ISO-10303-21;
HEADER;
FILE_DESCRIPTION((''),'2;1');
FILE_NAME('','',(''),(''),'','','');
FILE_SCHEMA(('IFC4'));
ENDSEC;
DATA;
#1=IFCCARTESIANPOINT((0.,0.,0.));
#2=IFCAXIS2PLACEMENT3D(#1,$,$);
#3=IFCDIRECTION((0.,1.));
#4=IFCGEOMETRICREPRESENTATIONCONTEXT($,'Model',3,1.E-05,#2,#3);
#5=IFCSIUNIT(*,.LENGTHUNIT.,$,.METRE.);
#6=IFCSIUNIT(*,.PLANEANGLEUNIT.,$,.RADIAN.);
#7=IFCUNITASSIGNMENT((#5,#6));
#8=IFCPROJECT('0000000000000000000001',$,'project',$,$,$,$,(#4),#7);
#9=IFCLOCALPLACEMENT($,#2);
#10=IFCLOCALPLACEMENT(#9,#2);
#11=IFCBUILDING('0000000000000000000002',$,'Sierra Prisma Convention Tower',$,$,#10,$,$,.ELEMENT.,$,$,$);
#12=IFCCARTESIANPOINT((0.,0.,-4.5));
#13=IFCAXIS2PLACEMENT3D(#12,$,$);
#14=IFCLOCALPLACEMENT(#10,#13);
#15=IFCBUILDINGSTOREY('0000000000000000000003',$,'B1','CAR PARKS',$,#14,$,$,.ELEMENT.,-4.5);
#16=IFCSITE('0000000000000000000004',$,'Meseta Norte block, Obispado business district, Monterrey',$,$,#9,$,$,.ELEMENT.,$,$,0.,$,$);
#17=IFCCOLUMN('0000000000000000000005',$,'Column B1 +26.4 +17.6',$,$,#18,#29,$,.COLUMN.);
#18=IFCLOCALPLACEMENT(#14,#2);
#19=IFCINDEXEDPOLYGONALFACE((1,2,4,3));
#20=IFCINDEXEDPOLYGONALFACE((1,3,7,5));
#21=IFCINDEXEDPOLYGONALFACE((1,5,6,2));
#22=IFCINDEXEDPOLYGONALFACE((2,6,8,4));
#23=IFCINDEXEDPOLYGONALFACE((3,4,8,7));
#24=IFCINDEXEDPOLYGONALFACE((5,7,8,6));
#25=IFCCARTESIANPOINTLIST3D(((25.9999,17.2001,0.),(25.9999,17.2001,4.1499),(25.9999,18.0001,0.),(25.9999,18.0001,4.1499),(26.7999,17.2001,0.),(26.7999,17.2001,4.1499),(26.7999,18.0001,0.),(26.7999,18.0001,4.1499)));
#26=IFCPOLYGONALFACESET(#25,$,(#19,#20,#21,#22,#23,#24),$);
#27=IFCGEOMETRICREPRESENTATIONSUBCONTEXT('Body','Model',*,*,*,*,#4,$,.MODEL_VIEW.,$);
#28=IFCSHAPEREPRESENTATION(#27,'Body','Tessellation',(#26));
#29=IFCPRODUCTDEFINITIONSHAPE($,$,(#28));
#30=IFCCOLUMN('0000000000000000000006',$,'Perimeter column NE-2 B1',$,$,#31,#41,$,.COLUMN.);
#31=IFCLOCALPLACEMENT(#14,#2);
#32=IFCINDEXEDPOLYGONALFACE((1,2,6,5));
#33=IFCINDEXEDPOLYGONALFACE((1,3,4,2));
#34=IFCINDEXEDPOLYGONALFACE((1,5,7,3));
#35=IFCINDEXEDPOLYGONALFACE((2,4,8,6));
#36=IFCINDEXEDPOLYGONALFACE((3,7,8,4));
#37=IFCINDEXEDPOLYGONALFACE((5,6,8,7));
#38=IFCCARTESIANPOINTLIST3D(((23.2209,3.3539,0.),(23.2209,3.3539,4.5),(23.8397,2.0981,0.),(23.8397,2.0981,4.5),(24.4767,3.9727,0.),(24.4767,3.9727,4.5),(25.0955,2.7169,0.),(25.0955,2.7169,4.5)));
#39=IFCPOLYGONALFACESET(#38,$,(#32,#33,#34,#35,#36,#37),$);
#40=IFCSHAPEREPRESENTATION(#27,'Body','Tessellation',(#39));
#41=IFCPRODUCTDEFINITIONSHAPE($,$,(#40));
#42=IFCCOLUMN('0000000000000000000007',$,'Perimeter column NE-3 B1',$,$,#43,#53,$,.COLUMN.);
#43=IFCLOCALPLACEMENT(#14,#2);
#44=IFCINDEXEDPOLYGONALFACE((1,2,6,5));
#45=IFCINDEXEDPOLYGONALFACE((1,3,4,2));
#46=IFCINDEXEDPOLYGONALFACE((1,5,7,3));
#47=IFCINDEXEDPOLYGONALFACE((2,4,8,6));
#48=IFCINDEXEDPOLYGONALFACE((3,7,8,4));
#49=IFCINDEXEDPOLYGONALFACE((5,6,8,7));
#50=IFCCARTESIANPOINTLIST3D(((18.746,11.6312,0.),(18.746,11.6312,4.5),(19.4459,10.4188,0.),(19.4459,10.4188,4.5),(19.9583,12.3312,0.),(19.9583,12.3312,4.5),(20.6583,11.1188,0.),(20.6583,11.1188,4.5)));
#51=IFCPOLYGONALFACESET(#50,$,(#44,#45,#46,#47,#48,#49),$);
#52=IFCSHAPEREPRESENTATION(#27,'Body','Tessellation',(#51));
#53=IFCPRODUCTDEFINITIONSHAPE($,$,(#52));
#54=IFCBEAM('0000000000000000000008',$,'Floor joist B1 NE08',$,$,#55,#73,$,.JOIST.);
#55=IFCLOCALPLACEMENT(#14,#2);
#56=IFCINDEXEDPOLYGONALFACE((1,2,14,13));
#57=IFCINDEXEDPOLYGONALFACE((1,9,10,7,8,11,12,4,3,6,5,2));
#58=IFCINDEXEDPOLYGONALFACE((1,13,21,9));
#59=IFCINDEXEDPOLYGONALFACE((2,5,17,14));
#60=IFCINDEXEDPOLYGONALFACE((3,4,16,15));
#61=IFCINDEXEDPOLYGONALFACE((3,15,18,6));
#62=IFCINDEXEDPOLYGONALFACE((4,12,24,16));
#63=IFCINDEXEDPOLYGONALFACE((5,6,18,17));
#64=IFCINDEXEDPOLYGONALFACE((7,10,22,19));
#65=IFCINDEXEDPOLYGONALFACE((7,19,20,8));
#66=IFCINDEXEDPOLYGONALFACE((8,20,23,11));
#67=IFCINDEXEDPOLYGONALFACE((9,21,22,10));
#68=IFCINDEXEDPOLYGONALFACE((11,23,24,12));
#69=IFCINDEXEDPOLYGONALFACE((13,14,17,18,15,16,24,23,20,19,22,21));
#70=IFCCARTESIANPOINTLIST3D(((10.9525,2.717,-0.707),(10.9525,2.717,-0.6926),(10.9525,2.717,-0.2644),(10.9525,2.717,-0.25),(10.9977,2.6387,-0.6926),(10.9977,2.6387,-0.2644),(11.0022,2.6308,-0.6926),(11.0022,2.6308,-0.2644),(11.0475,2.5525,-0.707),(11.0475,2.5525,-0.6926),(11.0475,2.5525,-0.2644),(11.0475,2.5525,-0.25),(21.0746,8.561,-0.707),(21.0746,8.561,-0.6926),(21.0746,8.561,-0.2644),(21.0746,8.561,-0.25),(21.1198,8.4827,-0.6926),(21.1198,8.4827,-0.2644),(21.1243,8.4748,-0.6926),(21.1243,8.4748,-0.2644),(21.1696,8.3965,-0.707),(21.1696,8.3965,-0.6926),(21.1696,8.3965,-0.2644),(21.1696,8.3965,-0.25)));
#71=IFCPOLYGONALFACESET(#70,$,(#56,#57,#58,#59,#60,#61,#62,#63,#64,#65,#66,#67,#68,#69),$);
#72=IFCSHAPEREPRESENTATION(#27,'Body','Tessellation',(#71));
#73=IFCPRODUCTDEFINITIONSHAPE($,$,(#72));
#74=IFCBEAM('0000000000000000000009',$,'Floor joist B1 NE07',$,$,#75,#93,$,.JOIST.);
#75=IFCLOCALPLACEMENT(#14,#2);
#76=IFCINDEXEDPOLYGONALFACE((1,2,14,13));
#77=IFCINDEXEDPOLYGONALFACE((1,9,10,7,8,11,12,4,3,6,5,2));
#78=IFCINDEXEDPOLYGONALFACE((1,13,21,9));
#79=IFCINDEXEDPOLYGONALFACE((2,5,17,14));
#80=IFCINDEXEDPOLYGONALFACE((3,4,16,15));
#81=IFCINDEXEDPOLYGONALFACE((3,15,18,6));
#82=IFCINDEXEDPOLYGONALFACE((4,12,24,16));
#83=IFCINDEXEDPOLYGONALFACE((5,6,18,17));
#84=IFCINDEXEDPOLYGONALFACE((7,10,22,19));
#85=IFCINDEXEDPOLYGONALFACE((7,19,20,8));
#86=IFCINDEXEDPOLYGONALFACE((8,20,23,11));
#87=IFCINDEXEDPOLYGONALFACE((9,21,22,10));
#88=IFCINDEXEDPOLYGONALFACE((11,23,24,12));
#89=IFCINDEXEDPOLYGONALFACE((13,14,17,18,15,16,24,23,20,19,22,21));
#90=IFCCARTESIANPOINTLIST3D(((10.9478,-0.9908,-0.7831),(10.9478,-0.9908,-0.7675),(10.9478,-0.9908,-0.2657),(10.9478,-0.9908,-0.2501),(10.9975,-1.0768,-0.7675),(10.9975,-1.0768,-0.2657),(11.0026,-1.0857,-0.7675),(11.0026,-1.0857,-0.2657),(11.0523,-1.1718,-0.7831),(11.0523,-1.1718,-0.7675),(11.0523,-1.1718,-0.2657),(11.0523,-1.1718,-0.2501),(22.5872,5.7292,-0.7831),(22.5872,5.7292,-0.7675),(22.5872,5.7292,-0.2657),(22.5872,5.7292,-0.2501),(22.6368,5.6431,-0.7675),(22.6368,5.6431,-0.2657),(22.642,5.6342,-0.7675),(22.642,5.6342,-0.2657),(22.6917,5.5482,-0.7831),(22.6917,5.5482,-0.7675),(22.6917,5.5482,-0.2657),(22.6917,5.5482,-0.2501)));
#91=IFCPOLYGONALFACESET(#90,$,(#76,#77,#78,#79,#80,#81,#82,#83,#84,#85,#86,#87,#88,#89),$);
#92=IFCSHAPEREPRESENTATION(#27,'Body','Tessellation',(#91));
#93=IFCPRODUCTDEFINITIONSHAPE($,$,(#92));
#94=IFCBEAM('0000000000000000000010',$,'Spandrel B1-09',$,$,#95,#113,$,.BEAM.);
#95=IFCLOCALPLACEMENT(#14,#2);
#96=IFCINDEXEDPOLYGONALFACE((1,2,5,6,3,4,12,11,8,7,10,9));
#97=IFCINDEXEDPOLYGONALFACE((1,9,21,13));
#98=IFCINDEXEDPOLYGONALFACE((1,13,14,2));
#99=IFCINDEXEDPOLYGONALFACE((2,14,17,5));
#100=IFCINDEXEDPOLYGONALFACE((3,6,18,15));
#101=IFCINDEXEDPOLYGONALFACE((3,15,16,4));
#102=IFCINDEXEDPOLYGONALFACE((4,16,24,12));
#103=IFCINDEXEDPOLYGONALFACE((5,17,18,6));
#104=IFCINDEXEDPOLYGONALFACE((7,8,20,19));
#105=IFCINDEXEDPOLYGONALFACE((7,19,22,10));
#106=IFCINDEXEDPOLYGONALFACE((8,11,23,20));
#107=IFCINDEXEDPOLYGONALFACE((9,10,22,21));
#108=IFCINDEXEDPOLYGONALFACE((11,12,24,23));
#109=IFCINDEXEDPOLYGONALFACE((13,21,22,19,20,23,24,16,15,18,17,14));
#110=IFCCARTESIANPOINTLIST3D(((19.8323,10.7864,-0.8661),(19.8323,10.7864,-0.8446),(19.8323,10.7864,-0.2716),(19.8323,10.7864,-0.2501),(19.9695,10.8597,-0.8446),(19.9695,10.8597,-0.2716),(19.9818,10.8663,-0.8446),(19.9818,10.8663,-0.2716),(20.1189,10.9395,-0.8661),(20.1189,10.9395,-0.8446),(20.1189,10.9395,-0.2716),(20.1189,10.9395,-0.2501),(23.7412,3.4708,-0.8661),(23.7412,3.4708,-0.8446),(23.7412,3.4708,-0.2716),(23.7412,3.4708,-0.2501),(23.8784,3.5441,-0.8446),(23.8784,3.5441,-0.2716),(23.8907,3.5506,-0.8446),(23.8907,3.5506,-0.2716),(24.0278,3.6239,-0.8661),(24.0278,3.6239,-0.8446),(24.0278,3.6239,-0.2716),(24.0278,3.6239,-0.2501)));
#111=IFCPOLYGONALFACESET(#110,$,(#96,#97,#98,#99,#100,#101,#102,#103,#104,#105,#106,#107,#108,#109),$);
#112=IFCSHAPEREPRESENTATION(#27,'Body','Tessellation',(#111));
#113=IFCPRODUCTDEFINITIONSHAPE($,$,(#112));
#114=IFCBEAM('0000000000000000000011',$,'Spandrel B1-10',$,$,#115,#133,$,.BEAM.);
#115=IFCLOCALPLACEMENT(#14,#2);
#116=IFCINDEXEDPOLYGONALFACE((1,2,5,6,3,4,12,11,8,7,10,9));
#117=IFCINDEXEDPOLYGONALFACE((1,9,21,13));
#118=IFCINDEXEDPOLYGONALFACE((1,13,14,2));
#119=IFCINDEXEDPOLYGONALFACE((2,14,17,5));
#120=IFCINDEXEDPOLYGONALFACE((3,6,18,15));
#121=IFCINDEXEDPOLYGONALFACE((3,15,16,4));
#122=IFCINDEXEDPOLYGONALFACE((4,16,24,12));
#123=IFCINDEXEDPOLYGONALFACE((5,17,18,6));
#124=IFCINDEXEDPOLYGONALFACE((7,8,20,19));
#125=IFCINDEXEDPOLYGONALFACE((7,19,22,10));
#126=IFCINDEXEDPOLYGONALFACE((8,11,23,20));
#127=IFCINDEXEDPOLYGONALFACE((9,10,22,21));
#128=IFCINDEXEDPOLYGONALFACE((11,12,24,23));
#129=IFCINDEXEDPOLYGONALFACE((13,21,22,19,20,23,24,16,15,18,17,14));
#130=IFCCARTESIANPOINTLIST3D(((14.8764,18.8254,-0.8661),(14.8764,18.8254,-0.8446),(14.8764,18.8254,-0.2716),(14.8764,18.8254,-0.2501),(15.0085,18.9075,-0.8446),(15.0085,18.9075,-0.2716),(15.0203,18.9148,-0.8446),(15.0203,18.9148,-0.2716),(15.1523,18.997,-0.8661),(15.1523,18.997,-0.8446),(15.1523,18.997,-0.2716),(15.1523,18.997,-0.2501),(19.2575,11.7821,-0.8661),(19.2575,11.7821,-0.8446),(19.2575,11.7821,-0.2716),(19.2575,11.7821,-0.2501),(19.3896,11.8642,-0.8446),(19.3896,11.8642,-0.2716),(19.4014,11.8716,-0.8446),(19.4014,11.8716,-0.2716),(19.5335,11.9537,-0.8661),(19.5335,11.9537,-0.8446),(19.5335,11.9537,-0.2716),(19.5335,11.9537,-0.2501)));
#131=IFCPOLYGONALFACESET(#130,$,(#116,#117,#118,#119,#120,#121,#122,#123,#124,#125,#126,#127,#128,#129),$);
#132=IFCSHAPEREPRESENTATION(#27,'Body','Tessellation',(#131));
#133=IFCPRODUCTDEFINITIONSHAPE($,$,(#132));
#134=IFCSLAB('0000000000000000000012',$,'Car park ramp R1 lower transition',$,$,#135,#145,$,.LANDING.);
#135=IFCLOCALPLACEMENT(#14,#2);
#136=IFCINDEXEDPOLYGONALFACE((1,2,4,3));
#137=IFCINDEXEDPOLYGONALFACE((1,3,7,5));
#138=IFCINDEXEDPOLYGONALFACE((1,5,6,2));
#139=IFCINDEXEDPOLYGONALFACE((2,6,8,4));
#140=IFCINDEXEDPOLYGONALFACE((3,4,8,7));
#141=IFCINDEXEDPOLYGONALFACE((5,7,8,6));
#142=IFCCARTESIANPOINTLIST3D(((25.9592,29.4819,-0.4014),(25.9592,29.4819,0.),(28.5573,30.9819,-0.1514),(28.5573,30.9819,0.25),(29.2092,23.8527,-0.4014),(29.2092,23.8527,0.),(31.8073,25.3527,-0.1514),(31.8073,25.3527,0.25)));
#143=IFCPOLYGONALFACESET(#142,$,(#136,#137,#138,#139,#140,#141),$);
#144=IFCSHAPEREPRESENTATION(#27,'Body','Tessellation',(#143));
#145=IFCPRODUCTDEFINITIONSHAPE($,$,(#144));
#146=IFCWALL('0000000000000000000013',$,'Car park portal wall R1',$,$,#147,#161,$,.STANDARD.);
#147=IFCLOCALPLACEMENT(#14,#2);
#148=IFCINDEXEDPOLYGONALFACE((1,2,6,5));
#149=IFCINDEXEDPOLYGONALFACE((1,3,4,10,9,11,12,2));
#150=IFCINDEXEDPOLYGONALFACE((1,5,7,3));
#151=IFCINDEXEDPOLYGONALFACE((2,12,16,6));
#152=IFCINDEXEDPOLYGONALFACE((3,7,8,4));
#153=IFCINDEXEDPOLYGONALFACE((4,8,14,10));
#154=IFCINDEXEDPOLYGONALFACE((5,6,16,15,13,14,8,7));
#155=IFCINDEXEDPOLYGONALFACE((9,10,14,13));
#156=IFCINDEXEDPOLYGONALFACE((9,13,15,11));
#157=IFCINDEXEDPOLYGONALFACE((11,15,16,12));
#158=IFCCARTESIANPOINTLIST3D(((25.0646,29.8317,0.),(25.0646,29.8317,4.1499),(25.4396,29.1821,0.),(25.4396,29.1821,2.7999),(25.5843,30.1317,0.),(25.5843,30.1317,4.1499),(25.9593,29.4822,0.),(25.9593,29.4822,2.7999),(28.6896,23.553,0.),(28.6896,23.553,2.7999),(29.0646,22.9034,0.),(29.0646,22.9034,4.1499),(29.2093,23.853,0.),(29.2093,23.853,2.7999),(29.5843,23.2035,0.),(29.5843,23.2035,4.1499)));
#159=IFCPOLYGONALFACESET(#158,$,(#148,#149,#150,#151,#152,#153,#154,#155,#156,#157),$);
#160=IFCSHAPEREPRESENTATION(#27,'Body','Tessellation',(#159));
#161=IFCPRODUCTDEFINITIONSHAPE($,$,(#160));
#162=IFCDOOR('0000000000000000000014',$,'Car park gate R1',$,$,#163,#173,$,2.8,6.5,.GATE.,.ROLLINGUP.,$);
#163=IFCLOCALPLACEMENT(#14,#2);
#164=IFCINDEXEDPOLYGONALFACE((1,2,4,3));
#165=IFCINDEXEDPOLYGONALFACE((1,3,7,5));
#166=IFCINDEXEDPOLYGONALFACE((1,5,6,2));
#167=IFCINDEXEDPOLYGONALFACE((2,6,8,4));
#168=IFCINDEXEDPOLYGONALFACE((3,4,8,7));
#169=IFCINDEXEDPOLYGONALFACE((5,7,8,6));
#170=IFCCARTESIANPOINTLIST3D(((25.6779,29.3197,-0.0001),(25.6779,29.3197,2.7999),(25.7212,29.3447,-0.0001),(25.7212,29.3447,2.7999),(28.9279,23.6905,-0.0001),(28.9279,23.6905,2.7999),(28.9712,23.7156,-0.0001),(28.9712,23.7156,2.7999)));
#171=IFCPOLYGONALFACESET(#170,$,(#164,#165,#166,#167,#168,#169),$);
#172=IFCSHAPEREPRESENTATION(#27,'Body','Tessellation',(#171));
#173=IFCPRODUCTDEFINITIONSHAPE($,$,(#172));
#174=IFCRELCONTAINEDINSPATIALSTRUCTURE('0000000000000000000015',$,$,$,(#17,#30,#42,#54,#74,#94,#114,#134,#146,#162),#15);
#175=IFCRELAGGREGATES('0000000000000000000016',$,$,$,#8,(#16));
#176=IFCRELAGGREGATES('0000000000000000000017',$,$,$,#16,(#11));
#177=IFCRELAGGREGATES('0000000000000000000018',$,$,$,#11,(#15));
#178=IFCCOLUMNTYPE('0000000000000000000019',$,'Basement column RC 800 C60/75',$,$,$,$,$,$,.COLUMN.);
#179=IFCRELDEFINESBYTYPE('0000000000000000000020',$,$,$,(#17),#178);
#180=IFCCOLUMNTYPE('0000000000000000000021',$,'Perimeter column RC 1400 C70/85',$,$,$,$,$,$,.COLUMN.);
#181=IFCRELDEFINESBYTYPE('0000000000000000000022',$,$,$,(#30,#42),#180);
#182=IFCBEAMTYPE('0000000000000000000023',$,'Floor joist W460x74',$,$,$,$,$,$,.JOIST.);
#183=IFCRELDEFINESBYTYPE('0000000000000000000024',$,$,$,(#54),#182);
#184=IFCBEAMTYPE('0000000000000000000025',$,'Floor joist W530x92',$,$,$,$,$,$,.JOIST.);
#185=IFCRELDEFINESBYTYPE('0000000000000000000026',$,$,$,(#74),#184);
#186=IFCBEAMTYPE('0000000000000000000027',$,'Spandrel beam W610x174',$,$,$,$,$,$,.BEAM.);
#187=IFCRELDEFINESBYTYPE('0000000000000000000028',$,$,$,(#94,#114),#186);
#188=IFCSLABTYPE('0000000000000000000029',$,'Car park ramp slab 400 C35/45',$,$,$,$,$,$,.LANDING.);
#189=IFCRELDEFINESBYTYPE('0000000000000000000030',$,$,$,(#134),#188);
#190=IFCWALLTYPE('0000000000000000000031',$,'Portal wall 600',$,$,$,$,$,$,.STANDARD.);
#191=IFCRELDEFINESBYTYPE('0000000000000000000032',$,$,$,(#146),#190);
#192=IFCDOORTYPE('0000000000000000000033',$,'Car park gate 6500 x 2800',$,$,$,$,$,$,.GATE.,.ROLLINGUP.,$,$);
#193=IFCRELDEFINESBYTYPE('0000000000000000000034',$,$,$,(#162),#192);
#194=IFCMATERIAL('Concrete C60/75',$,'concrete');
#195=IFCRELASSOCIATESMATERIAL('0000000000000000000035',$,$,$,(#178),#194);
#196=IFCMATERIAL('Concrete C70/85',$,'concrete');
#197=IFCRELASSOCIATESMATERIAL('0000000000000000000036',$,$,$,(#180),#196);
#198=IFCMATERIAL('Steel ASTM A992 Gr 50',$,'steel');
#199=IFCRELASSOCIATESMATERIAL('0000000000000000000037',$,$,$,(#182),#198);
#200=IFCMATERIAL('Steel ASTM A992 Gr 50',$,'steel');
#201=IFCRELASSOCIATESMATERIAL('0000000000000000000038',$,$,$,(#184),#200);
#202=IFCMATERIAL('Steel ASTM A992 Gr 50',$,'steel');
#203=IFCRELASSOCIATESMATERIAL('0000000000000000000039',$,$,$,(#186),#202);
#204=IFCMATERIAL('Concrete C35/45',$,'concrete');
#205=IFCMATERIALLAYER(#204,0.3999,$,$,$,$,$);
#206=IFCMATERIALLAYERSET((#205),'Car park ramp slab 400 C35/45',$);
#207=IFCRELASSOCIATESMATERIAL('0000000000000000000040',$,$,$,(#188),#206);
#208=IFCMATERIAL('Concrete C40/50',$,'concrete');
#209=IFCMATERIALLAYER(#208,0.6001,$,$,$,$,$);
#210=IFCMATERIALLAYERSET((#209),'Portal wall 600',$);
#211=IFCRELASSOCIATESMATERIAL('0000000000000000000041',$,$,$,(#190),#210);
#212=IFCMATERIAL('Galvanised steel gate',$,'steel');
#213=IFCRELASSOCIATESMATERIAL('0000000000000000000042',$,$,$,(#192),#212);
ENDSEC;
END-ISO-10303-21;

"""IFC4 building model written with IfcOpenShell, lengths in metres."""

from ifc_helpers import new_model, si_unit, direction, frame, frame_2d, origin, origin_2d, place, context, subcontext, project, spatial, polyline, rectangle, i_section, outline, extrude, material, layer, layer_set, material_profile, profile_set, type_object, element, fill, save


model = new_model("IFC4")

# Units and contexts
model_context = context("Model", 3, precision=1e-05, world=origin(), true_north=direction((0.0, 1.0)))
body_context = subcontext(model_context, "Body", "Model", "MODEL_VIEW")
ifc_project = project(units=[si_unit("LENGTHUNIT", "METRE"), si_unit("PLANEANGLEUNIT", "RADIAN")], contexts=[model_context])

# Site, building, storey
site_placement = place(None, origin())
site = spatial("IfcSite", under=ifc_project, at=site_placement, Name="Meseta Norte block, Obispado business district, Monterrey", CompositionType="ELEMENT", RefElevation=0.0)
building_placement = place(site_placement, origin())
building = spatial("IfcBuilding", under=site, at=building_placement, Name="Sierra Prisma Convention Tower", CompositionType="ELEMENT")
storey_placement = place(building_placement, frame((0.0, 0.0, -4.5)))
storey = spatial("IfcBuildingStorey", under=building, at=storey_placement, Name="B1", Description="CAR PARKS", CompositionType="ELEMENT", Elevation=-4.5)

# Columns
ifc_material_1 = material(Name="Concrete C60/75", Category="concrete")
ifc_material_profile_1 = material_profile(ifc_material_1, rectangle(XDim=0.8, YDim=0.8, at=origin_2d()), Name="Basement column RC 800 C60/75")
ifc_profile_set_1 = profile_set([ifc_material_profile_1], Name="Concrete C60/75")
column_type_1 = type_object("IfcColumnType", Name="Basement column RC 800 C60/75", PredefinedType="COLUMN", material=ifc_profile_set_1)
column_placement = place(storey_placement, frame((26.3999, 17.6001, 0.0), z_axis=(0.0, 0.0, 1.0), x_axis=(1.0, 0.0, 0.0)))
element("IfcColumn", 1, at=column_placement, inside=storey, type_object=column_type_1, Name="Column B1 +26.4 +17.6", PredefinedType="COLUMN", context=body_context, shape_type="SweptSolid", body=[
    extrude(rectangle(XDim=0.8, YDim=0.8, at=origin_2d()), origin(), (0.0, 0.0, 1.0), 4.1499),
])
ifc_material_2 = material(Name="Concrete C70/85", Category="concrete")
ifc_material_profile_2 = material_profile(ifc_material_2, rectangle(XDim=1.3999, YDim=1.3999, at=origin_2d()), Name="Perimeter column RC 1400 C70/85")
ifc_profile_set_2 = profile_set([ifc_material_profile_2], Name="Concrete C70/85")
column_type_2 = type_object("IfcColumnType", Name="Perimeter column RC 1400 C70/85", PredefinedType="COLUMN", material=ifc_profile_set_2)
for number, where, z_axis, x_axis, name in (
    (2, (24.1582, 3.0354, 0.0), (0.0, 0.0, 1.0), (-0.442023, 0.897004, 0.0), "Perimeter column NE-2 B1"),
    (3, (19.7021, 11.375, 0.0), (0.0, 0.0, 1.0), (-0.5, 0.866025, 0.0), "Perimeter column NE-3 B1"),
):
    element("IfcColumn", number, at=place(storey_placement, frame(where, z_axis=z_axis, x_axis=x_axis)), inside=storey, type_object=column_type_2, Name=name, PredefinedType="COLUMN", context=body_context, shape_type="SweptSolid", body=[
        extrude(rectangle(XDim=1.3999, YDim=1.3999, at=origin_2d()), origin(), (0.0, 0.0, 1.0), 4.5),
    ])

# Beams
ifc_material_3 = material(Name="Steel ASTM A992 Gr 50", Category="steel")
ifc_material_profile_3 = material_profile(ifc_material_3, i_section(OverallWidth=0.1899, OverallDepth=0.457, WebThickness=0.009, FlangeThickness=0.0144, at=origin_2d()), Name="W460x74")
ifc_profile_set_3 = profile_set([ifc_material_profile_3], Name="Steel ASTM A992 Gr 50")
beam_type_1 = type_object("IfcBeamType", Name="Floor joist W460x74", PredefinedType="JOIST", material=ifc_profile_set_3)
beam_1_placement = place(storey_placement, frame((21.1221, 8.4788, -0.4785), z_axis=(-0.866025, -0.500001, 0.0), x_axis=(0.500001, -0.866025, 0.0)))
element("IfcBeam", 4, at=beam_1_placement, inside=storey, type_object=beam_type_1, Name="Floor joist B1 NE08", PredefinedType="JOIST", context=body_context, shape_type="SweptSolid", body=[
    extrude(i_section(OverallWidth=0.1899, OverallDepth=0.457, WebThickness=0.009, FlangeThickness=0.0144, at=origin_2d()), origin(), (0.0, 0.0, 1.0), 11.688),
])
ifc_material_4 = material(Name="Steel ASTM A992 Gr 50", Category="steel")
ifc_material_profile_4 = material_profile(ifc_material_4, i_section(OverallWidth=0.209, OverallDepth=0.533, WebThickness=0.0103, FlangeThickness=0.0156, at=origin_2d()), Name="W530x92")
ifc_profile_set_4 = profile_set([ifc_material_profile_4], Name="Steel ASTM A992 Gr 50")
beam_type_2 = type_object("IfcBeamType", Name="Floor joist W530x92", PredefinedType="JOIST", material=ifc_profile_set_4)
beam_2_placement = place(storey_placement, frame((22.6394, 5.6387, -0.5166), z_axis=(-0.866027, -0.499998, 0.0), x_axis=(0.499998, -0.866027, 0.0)))
element("IfcBeam", 5, at=beam_2_placement, inside=storey, type_object=beam_type_2, Name="Floor joist B1 NE07", PredefinedType="JOIST", context=body_context, shape_type="SweptSolid", body=[
    extrude(i_section(OverallWidth=0.209, OverallDepth=0.533, WebThickness=0.0103, FlangeThickness=0.0156, at=origin_2d()), origin(), (0.0, 0.0, 1.0), 13.4399),
])
ifc_material_5 = material(Name="Steel ASTM A992 Gr 50", Category="steel")
ifc_material_profile_5 = material_profile(ifc_material_5, i_section(OverallWidth=0.325, OverallDepth=0.616, WebThickness=0.0139, FlangeThickness=0.0215, at=origin_2d()), Name="W610x174")
ifc_profile_set_5 = profile_set([ifc_material_profile_5], Name="Steel ASTM A992 Gr 50")
beam_type_3 = type_object("IfcBeamType", Name="Spandrel beam W610x174", PredefinedType="BEAM", material=ifc_profile_set_5)
beam_3_placement = place(storey_placement, frame((23.8845, 3.5474, -0.5581), z_axis=(-0.471268, 0.88199, 0.0), x_axis=(-0.88199, -0.471268, 0.0)))
element("IfcBeam", 6, at=beam_3_placement, inside=storey, type_object=beam_type_3, Name="Spandrel B1-09", PredefinedType="BEAM", context=body_context, shape_type="SweptSolid", body=[
    extrude(i_section(OverallWidth=0.325, OverallDepth=0.616, WebThickness=0.0139, FlangeThickness=0.0215, at=origin_2d()), origin(), (0.0, 0.0, 1.0), 8.2944),
])
beam_4_placement = place(storey_placement, frame((19.3955, 11.8679, -0.5581), z_axis=(-0.528185, 0.849129, 0.0), x_axis=(-0.849129, -0.528185, 0.0)))
element("IfcBeam", 7, at=beam_4_placement, inside=storey, type_object=beam_type_3, Name="Spandrel B1-10", PredefinedType="BEAM", context=body_context, shape_type="SweptSolid", body=[
    extrude(i_section(OverallWidth=0.325, OverallDepth=0.616, WebThickness=0.0139, FlangeThickness=0.0215, at=origin_2d()), origin(), (0.0, 0.0, 1.0), 8.2947),
])

# Slab
ifc_material_6 = material(Name="Concrete C35/45", Category="concrete")
ifc_layer_1 = layer(ifc_material_6, 0.3999)
ifc_layer_set_1 = layer_set([ifc_layer_1], Name="Car park ramp slab 400 C35/45")
slab_type = type_object("IfcSlabType", Name="Car park ramp slab 400 C35/45", PredefinedType="LANDING", material=ifc_layer_set_1)
slab_placement = place(storey_placement, frame((25.9592, 29.4819, 0.0), z_axis=(0.0, 0.0, 1.0), x_axis=(0.866031, 0.49999, 0.0)))
element("IfcSlab", 8, at=slab_placement, inside=storey, type_object=slab_type, Name="Car park ramp R1 lower transition", PredefinedType="LANDING", context=body_context, shape_type="SweptSolid", body=[
    extrude(outline(polyline([(0.0, -0.4014), (3.0, -0.1514), (3.0, 0.25), (0.0, 0.0), (0.0, -0.4014)])), frame((0.0, 0.0, 0.0), z_axis=(0.0, -1.0, 0.0), x_axis=(1.0, 0.0, 0.0)), (0.0, 0.0, 1.0), 6.5),
])

# Wall, opening, door
ifc_material_7 = material(Name="Concrete C40/50", Category="concrete")
ifc_layer_2 = layer(ifc_material_7, 0.6001)
ifc_layer_set_2 = layer_set([ifc_layer_2], Name="Portal wall 600")
wall_type_1 = type_object("IfcWallType", Name="Portal wall 600", PredefinedType="STANDARD", material=ifc_layer_set_2)
wall_1_placement = place(storey_placement, frame((29.3245, 23.0535, 0.0), z_axis=(0.0, 0.0, 1.0), x_axis=(-0.499999, 0.866026, 0.0)))
wall_1 = element("IfcWall", 9, at=wall_1_placement, inside=storey, type_object=wall_type_1, Name="Car park portal wall R1", PredefinedType="STANDARD", context=body_context, shape_type="SweptSolid", body=[
    extrude(rectangle(XDim=8.0, YDim=0.6001, at=frame_2d((4.0, 0.0))), origin(), (0.0, 0.0, 1.0), 4.1499),
])
opening_placement = place(wall_1_placement, frame((0.75, 0.0, 0.0)))
opening = element("IfcOpeningElement", 10, at=opening_placement, cuts=wall_1, PredefinedType="OPENING", context=body_context, shape_type="SweptSolid", body=[
    extrude(rectangle(XDim=6.5, YDim=2.8, at=frame_2d((3.25, 1.3999))), frame((0.0, 0.3, 0.0), z_axis=(0.0, -1.0, 0.0), x_axis=(1.0, 0.0, 0.0)), (0.0, 0.0, 1.0), 0.6001),
])
ifc_material_8 = material(Name="Galvanised steel gate", Category="steel")
door_type = type_object("IfcDoorType", Name="Car park gate 6500 x 2800", OperationType="ROLLINGUP", PredefinedType="GATE", material=ifc_material_8)
door_placement = place(opening_placement, origin())
door = element("IfcDoor", 11, at=door_placement, inside=storey, type_object=door_type, Name="Car park gate R1", OperationType="ROLLINGUP", OverallHeight=2.8, OverallWidth=6.5, PredefinedType="GATE", context=body_context, shape_type="SweptSolid", body=[
    extrude(rectangle(XDim=6.5, YDim=2.8, at=frame_2d((3.25, 1.3999))), frame((0.0, 0.0249, 0.0), z_axis=(0.0, -1.0, 0.0), x_axis=(1.0, 0.0, 0.0)), (0.0, 0.0, 1.0), 0.05),
])
fill(opening, door)

save(model, "model.ifc")
